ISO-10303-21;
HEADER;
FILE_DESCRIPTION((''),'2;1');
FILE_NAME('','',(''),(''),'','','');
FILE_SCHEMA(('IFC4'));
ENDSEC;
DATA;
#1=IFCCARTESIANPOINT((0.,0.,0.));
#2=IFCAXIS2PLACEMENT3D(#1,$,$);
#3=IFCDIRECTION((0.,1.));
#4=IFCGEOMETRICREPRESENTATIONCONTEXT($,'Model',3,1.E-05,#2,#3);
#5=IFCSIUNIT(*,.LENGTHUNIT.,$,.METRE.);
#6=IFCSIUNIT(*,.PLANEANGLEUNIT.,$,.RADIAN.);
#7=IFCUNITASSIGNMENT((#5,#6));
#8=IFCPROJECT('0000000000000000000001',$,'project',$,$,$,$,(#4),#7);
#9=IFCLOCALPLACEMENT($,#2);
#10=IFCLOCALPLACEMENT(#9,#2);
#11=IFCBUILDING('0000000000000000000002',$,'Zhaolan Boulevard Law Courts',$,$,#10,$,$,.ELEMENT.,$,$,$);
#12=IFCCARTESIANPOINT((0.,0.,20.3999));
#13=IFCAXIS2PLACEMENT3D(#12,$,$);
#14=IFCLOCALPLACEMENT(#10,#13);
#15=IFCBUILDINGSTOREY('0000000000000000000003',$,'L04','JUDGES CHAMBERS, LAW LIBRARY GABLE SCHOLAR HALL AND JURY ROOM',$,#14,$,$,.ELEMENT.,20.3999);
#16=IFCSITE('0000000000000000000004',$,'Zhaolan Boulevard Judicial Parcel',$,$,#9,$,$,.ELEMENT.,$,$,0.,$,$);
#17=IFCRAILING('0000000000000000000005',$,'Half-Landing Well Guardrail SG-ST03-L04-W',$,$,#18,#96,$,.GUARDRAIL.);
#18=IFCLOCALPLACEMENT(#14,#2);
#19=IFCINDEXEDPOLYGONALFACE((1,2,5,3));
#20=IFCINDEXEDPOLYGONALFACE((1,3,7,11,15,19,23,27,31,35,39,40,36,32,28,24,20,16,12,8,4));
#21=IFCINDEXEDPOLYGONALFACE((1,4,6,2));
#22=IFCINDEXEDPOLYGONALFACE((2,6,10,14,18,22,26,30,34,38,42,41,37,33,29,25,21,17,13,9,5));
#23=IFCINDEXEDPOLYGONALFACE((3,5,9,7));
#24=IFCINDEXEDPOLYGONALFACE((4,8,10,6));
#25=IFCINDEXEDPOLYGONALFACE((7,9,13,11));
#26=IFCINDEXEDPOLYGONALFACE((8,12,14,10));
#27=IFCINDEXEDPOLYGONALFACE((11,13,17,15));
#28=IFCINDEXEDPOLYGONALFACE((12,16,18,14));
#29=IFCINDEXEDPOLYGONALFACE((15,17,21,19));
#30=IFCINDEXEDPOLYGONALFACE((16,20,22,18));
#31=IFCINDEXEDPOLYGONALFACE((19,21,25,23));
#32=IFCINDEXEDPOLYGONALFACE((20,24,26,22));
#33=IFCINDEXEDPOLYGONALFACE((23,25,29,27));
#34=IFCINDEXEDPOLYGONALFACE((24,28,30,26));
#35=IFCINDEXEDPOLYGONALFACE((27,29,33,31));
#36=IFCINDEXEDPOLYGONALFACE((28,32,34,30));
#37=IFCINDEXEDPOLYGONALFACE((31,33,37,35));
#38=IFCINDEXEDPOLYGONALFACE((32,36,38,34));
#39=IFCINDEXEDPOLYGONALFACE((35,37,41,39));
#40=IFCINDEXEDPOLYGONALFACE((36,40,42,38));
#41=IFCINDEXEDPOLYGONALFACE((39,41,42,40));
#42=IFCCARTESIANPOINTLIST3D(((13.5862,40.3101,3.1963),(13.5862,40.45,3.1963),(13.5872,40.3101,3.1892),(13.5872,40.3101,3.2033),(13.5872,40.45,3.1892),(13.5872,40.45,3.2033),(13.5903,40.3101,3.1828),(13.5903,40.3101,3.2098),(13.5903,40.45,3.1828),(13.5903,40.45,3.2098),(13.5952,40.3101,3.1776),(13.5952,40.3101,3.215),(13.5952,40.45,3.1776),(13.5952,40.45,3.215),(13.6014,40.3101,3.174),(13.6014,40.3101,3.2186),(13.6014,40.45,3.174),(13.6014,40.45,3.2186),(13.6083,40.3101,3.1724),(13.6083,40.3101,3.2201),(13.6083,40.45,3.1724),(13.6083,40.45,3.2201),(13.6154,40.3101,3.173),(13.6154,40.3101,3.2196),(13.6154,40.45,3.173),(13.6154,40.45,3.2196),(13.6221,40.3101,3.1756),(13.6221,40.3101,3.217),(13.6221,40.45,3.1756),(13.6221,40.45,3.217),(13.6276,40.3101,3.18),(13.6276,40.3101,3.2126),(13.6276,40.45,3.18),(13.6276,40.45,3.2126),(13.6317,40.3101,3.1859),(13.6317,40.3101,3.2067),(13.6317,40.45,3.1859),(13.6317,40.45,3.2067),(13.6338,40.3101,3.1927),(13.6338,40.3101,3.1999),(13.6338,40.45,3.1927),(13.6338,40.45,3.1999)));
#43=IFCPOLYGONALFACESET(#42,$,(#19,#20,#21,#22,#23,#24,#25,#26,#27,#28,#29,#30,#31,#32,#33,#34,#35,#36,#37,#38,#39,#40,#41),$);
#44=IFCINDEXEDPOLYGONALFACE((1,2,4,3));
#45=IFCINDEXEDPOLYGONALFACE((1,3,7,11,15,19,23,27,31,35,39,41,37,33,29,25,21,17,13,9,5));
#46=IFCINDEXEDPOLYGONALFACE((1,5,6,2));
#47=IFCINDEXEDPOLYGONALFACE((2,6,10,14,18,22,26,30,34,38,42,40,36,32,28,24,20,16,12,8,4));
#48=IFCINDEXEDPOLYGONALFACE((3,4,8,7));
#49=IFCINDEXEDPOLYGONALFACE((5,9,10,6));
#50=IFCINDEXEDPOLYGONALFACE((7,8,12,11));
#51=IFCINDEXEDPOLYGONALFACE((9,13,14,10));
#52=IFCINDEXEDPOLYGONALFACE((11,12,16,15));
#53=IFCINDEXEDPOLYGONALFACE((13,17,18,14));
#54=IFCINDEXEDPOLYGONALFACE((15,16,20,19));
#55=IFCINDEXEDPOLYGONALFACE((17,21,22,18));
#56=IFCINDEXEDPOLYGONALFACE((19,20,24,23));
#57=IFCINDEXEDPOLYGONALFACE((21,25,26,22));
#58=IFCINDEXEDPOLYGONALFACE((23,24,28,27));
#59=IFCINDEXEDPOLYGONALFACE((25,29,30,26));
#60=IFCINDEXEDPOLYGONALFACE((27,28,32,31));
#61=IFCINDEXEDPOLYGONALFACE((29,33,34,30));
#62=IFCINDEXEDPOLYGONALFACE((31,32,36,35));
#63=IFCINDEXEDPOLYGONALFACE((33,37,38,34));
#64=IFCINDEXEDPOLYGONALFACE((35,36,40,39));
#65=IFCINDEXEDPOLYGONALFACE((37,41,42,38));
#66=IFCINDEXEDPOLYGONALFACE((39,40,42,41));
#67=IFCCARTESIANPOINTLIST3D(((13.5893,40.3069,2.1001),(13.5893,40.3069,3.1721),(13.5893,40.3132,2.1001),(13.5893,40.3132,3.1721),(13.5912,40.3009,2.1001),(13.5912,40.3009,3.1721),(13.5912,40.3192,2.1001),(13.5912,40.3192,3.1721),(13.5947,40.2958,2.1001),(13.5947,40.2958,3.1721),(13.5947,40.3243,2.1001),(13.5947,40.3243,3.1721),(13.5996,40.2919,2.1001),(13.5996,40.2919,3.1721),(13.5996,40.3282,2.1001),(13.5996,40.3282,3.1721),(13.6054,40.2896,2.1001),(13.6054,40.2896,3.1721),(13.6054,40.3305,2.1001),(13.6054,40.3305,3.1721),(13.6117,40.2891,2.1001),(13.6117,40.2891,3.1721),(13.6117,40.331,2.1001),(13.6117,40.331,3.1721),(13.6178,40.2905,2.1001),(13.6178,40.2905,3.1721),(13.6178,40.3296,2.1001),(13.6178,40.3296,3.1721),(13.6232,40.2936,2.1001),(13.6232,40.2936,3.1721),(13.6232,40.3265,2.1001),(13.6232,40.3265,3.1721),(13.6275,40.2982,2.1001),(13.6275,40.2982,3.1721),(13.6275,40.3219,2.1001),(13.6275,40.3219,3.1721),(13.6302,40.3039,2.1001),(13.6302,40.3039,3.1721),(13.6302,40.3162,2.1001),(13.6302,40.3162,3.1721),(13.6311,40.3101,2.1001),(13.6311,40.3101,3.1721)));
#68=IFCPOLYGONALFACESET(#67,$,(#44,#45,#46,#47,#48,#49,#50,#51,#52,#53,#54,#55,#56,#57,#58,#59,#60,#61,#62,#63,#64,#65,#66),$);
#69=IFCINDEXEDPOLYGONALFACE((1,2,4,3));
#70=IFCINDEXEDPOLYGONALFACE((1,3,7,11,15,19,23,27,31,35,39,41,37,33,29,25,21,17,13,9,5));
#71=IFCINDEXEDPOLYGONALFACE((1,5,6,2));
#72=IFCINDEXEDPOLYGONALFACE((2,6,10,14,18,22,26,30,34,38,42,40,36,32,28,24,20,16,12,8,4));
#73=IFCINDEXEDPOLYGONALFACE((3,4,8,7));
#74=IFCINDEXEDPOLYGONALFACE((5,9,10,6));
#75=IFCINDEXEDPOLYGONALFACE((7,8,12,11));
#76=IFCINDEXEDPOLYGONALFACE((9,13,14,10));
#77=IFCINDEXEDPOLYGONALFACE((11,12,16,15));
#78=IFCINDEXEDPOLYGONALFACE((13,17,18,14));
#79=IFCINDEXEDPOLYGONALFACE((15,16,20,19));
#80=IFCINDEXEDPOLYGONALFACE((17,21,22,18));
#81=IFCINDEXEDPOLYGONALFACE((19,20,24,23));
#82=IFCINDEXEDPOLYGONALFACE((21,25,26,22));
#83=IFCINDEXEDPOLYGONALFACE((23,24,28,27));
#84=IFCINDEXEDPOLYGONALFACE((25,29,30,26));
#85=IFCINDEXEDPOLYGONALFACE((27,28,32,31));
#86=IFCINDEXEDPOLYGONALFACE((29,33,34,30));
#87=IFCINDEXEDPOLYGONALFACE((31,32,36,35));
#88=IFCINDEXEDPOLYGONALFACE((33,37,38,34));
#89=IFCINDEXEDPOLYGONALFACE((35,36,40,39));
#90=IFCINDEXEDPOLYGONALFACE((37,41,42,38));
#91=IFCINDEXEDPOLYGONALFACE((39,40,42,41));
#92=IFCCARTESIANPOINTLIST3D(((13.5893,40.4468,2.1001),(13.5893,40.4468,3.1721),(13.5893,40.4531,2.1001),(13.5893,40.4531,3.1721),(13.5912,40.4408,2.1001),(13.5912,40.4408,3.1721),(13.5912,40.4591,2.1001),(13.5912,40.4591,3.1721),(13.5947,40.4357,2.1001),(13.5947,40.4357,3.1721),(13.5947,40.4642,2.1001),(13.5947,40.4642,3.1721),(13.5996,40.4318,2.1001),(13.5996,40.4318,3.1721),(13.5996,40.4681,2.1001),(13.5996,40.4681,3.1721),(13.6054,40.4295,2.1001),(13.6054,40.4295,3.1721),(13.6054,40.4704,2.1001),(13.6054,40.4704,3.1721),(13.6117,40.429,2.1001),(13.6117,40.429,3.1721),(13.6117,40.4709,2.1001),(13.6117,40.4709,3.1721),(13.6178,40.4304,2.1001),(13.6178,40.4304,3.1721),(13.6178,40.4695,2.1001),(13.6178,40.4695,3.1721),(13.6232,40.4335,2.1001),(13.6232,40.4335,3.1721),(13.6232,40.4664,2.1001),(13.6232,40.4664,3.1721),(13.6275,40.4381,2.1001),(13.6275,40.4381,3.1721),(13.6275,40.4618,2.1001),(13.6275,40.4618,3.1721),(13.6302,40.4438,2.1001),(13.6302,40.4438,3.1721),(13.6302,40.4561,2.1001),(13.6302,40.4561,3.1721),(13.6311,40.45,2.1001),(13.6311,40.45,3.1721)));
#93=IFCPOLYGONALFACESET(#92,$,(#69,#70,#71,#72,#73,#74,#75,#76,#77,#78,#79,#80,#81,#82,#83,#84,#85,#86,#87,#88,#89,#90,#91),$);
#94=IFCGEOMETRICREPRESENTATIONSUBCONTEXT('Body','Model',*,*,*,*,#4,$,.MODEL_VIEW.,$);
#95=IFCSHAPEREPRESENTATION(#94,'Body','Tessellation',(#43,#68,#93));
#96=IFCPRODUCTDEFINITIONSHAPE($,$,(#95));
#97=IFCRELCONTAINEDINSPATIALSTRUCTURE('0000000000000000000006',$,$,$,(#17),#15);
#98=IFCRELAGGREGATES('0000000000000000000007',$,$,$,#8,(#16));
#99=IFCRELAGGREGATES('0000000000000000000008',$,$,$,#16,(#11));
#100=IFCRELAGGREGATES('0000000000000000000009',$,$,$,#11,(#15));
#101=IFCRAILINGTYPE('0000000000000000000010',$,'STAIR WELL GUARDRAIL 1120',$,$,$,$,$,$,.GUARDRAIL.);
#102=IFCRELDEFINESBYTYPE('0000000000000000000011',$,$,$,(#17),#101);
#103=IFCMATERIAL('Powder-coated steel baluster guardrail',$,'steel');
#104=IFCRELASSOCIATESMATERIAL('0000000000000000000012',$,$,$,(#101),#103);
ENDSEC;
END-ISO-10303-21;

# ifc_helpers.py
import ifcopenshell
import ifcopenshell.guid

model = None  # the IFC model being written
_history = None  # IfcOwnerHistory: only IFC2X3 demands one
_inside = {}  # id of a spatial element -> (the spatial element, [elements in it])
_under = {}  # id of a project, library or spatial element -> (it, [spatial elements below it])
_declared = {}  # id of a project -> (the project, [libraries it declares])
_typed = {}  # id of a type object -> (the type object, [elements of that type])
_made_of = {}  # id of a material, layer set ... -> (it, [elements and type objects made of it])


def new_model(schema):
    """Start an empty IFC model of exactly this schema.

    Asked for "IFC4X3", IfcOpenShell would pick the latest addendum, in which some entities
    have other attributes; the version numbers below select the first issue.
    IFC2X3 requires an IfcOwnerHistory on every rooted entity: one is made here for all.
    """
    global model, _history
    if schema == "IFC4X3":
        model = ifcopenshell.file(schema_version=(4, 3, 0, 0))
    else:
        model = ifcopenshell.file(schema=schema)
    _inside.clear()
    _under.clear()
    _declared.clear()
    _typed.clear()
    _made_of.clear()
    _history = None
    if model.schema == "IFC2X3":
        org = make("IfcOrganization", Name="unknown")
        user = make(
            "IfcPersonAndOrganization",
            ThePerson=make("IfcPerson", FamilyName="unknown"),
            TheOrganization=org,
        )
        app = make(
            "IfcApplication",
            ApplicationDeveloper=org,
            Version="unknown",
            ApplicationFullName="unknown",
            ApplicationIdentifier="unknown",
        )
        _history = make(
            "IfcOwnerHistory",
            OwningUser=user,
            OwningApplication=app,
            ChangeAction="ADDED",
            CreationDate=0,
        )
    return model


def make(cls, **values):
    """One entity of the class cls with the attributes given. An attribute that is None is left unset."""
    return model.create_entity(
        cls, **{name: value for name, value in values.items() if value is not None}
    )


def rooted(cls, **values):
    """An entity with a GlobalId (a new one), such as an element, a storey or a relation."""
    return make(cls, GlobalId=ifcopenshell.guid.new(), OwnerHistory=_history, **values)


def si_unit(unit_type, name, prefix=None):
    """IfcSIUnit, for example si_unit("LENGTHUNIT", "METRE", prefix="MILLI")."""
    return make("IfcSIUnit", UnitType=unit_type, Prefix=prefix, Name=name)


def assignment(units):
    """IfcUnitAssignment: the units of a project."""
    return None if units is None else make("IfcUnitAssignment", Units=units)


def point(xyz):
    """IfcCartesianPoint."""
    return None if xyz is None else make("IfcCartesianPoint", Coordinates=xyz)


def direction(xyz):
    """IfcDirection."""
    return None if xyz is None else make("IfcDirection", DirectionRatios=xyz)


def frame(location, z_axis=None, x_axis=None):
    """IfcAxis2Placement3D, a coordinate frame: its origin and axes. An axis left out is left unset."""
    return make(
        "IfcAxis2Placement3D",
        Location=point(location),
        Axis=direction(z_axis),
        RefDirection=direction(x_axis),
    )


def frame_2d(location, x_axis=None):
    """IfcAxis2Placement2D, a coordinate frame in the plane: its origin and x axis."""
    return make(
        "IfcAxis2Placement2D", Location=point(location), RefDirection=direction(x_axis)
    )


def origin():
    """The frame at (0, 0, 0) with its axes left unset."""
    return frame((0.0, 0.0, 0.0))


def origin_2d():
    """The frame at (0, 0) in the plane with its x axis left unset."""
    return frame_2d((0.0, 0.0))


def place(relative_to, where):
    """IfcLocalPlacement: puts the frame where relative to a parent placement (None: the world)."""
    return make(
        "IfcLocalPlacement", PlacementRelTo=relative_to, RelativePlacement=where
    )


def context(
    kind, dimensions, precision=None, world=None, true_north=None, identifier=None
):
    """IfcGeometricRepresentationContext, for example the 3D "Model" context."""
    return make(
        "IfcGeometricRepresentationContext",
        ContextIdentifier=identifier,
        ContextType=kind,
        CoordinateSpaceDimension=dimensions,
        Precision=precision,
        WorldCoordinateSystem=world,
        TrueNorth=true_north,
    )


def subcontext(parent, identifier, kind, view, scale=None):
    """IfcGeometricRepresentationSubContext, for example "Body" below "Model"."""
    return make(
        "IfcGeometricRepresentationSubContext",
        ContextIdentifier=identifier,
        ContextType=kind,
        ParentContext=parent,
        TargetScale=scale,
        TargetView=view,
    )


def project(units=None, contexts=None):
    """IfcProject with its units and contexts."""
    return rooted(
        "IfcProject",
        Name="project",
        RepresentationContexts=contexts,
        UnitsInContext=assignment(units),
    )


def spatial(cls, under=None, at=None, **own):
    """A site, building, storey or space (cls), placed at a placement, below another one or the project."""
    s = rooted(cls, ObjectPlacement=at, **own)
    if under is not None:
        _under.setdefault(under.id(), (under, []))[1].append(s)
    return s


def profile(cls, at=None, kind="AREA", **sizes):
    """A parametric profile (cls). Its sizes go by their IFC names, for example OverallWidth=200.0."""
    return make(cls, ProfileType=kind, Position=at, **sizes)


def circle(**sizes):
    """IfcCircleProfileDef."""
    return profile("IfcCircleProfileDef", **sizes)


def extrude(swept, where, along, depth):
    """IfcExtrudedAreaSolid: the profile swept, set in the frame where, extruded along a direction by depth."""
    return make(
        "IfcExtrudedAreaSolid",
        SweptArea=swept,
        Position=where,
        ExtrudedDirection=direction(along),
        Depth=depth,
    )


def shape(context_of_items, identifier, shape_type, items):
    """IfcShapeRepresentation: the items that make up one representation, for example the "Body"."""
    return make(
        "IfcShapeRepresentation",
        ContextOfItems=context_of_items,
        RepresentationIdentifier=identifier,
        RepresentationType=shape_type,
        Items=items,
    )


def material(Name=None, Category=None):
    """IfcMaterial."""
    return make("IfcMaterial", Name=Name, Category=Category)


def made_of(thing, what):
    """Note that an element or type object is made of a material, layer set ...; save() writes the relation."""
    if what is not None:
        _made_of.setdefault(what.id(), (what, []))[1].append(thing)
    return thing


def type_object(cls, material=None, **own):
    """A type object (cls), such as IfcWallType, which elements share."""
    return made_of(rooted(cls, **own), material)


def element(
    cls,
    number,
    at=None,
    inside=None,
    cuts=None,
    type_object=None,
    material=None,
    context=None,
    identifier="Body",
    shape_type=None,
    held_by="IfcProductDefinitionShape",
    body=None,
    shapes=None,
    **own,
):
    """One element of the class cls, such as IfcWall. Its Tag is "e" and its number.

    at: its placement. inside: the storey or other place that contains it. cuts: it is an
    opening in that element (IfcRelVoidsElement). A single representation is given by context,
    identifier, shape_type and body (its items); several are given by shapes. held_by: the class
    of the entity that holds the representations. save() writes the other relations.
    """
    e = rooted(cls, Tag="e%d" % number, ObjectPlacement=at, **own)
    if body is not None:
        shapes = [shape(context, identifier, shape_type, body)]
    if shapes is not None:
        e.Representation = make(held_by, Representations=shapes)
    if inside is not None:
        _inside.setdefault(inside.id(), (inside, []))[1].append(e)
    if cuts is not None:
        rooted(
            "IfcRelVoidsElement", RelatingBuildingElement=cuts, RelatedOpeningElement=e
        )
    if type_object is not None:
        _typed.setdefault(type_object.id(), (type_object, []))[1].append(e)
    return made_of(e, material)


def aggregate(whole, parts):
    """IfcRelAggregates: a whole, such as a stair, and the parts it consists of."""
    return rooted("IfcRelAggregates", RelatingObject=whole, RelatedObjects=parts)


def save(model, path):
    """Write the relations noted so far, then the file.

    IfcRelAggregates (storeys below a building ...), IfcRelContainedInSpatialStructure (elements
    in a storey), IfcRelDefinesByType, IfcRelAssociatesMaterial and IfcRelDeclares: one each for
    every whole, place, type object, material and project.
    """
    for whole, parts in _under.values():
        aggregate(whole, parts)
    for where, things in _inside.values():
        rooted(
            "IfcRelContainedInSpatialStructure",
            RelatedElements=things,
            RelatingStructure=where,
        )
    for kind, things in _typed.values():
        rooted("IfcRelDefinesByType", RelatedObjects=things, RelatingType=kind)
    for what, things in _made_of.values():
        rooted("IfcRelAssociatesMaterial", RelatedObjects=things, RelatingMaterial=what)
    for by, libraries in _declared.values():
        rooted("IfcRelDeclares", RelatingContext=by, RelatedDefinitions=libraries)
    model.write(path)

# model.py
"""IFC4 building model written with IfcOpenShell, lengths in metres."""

from ifc_helpers import new_model, si_unit, direction, frame, origin, origin_2d, place, context, subcontext, project, spatial, circle, extrude, material, type_object, element, save


model = new_model("IFC4")

# Units and contexts
model_context = context("Model", 3, precision=1e-05, world=origin(), true_north=direction((0.0, 1.0)))
body_context = subcontext(model_context, "Body", "Model", "MODEL_VIEW")
ifc_project = project(units=[si_unit("LENGTHUNIT", "METRE"), si_unit("PLANEANGLEUNIT", "RADIAN")], contexts=[model_context])

# Site, building, storey
site_placement = place(None, origin())
site = spatial("IfcSite", under=ifc_project, at=site_placement, Name="Zhaolan Boulevard Judicial Parcel", CompositionType="ELEMENT", RefElevation=0.0)
building_placement = place(site_placement, origin())
building = spatial("IfcBuilding", under=site, at=building_placement, Name="Zhaolan Boulevard Law Courts", CompositionType="ELEMENT")
storey_placement = place(building_placement, frame((0.0, 0.0, 20.3999)))
storey = spatial("IfcBuildingStorey", under=building, at=storey_placement, Name="L04", Description="JUDGES CHAMBERS, LAW LIBRARY GABLE SCHOLAR HALL AND JURY ROOM", CompositionType="ELEMENT", Elevation=20.3999)

# Railing
ifc_material_1 = material(Name="Powder-coated steel baluster guardrail", Category="steel")
railing_type_1 = type_object("IfcRailingType", Name="STAIR WELL GUARDRAIL 1120", PredefinedType="GUARDRAIL", material=ifc_material_1)
railing_1_placement = place(storey_placement, frame((13.6101, 40.3101, 2.1001)))
element("IfcRailing", 1, at=railing_1_placement, inside=storey, type_object=railing_type_1, Name="Half-Landing Well Guardrail SG-ST03-L04-W", PredefinedType="GUARDRAIL", context=body_context, shape_type="SweptSolid", body=[
    extrude(circle(Radius=0.0239, at=origin_2d()), frame((0.0, 0.0, 1.0962), z_axis=(0.0, 1.0, 0.0), x_axis=(-1.0, 0.0, 0.0)), (0.0, 0.0, 1.0), 0.1399),
    extrude(circle(Radius=0.021, at=origin_2d()), origin(), (0.0, 0.0, 1.0), 1.072),
    extrude(circle(Radius=0.021, at=origin_2d()), frame((0.0, 0.1399, 0.0)), (0.0, 0.0, 1.0), 1.072),
])

save(model, "model.ifc")
